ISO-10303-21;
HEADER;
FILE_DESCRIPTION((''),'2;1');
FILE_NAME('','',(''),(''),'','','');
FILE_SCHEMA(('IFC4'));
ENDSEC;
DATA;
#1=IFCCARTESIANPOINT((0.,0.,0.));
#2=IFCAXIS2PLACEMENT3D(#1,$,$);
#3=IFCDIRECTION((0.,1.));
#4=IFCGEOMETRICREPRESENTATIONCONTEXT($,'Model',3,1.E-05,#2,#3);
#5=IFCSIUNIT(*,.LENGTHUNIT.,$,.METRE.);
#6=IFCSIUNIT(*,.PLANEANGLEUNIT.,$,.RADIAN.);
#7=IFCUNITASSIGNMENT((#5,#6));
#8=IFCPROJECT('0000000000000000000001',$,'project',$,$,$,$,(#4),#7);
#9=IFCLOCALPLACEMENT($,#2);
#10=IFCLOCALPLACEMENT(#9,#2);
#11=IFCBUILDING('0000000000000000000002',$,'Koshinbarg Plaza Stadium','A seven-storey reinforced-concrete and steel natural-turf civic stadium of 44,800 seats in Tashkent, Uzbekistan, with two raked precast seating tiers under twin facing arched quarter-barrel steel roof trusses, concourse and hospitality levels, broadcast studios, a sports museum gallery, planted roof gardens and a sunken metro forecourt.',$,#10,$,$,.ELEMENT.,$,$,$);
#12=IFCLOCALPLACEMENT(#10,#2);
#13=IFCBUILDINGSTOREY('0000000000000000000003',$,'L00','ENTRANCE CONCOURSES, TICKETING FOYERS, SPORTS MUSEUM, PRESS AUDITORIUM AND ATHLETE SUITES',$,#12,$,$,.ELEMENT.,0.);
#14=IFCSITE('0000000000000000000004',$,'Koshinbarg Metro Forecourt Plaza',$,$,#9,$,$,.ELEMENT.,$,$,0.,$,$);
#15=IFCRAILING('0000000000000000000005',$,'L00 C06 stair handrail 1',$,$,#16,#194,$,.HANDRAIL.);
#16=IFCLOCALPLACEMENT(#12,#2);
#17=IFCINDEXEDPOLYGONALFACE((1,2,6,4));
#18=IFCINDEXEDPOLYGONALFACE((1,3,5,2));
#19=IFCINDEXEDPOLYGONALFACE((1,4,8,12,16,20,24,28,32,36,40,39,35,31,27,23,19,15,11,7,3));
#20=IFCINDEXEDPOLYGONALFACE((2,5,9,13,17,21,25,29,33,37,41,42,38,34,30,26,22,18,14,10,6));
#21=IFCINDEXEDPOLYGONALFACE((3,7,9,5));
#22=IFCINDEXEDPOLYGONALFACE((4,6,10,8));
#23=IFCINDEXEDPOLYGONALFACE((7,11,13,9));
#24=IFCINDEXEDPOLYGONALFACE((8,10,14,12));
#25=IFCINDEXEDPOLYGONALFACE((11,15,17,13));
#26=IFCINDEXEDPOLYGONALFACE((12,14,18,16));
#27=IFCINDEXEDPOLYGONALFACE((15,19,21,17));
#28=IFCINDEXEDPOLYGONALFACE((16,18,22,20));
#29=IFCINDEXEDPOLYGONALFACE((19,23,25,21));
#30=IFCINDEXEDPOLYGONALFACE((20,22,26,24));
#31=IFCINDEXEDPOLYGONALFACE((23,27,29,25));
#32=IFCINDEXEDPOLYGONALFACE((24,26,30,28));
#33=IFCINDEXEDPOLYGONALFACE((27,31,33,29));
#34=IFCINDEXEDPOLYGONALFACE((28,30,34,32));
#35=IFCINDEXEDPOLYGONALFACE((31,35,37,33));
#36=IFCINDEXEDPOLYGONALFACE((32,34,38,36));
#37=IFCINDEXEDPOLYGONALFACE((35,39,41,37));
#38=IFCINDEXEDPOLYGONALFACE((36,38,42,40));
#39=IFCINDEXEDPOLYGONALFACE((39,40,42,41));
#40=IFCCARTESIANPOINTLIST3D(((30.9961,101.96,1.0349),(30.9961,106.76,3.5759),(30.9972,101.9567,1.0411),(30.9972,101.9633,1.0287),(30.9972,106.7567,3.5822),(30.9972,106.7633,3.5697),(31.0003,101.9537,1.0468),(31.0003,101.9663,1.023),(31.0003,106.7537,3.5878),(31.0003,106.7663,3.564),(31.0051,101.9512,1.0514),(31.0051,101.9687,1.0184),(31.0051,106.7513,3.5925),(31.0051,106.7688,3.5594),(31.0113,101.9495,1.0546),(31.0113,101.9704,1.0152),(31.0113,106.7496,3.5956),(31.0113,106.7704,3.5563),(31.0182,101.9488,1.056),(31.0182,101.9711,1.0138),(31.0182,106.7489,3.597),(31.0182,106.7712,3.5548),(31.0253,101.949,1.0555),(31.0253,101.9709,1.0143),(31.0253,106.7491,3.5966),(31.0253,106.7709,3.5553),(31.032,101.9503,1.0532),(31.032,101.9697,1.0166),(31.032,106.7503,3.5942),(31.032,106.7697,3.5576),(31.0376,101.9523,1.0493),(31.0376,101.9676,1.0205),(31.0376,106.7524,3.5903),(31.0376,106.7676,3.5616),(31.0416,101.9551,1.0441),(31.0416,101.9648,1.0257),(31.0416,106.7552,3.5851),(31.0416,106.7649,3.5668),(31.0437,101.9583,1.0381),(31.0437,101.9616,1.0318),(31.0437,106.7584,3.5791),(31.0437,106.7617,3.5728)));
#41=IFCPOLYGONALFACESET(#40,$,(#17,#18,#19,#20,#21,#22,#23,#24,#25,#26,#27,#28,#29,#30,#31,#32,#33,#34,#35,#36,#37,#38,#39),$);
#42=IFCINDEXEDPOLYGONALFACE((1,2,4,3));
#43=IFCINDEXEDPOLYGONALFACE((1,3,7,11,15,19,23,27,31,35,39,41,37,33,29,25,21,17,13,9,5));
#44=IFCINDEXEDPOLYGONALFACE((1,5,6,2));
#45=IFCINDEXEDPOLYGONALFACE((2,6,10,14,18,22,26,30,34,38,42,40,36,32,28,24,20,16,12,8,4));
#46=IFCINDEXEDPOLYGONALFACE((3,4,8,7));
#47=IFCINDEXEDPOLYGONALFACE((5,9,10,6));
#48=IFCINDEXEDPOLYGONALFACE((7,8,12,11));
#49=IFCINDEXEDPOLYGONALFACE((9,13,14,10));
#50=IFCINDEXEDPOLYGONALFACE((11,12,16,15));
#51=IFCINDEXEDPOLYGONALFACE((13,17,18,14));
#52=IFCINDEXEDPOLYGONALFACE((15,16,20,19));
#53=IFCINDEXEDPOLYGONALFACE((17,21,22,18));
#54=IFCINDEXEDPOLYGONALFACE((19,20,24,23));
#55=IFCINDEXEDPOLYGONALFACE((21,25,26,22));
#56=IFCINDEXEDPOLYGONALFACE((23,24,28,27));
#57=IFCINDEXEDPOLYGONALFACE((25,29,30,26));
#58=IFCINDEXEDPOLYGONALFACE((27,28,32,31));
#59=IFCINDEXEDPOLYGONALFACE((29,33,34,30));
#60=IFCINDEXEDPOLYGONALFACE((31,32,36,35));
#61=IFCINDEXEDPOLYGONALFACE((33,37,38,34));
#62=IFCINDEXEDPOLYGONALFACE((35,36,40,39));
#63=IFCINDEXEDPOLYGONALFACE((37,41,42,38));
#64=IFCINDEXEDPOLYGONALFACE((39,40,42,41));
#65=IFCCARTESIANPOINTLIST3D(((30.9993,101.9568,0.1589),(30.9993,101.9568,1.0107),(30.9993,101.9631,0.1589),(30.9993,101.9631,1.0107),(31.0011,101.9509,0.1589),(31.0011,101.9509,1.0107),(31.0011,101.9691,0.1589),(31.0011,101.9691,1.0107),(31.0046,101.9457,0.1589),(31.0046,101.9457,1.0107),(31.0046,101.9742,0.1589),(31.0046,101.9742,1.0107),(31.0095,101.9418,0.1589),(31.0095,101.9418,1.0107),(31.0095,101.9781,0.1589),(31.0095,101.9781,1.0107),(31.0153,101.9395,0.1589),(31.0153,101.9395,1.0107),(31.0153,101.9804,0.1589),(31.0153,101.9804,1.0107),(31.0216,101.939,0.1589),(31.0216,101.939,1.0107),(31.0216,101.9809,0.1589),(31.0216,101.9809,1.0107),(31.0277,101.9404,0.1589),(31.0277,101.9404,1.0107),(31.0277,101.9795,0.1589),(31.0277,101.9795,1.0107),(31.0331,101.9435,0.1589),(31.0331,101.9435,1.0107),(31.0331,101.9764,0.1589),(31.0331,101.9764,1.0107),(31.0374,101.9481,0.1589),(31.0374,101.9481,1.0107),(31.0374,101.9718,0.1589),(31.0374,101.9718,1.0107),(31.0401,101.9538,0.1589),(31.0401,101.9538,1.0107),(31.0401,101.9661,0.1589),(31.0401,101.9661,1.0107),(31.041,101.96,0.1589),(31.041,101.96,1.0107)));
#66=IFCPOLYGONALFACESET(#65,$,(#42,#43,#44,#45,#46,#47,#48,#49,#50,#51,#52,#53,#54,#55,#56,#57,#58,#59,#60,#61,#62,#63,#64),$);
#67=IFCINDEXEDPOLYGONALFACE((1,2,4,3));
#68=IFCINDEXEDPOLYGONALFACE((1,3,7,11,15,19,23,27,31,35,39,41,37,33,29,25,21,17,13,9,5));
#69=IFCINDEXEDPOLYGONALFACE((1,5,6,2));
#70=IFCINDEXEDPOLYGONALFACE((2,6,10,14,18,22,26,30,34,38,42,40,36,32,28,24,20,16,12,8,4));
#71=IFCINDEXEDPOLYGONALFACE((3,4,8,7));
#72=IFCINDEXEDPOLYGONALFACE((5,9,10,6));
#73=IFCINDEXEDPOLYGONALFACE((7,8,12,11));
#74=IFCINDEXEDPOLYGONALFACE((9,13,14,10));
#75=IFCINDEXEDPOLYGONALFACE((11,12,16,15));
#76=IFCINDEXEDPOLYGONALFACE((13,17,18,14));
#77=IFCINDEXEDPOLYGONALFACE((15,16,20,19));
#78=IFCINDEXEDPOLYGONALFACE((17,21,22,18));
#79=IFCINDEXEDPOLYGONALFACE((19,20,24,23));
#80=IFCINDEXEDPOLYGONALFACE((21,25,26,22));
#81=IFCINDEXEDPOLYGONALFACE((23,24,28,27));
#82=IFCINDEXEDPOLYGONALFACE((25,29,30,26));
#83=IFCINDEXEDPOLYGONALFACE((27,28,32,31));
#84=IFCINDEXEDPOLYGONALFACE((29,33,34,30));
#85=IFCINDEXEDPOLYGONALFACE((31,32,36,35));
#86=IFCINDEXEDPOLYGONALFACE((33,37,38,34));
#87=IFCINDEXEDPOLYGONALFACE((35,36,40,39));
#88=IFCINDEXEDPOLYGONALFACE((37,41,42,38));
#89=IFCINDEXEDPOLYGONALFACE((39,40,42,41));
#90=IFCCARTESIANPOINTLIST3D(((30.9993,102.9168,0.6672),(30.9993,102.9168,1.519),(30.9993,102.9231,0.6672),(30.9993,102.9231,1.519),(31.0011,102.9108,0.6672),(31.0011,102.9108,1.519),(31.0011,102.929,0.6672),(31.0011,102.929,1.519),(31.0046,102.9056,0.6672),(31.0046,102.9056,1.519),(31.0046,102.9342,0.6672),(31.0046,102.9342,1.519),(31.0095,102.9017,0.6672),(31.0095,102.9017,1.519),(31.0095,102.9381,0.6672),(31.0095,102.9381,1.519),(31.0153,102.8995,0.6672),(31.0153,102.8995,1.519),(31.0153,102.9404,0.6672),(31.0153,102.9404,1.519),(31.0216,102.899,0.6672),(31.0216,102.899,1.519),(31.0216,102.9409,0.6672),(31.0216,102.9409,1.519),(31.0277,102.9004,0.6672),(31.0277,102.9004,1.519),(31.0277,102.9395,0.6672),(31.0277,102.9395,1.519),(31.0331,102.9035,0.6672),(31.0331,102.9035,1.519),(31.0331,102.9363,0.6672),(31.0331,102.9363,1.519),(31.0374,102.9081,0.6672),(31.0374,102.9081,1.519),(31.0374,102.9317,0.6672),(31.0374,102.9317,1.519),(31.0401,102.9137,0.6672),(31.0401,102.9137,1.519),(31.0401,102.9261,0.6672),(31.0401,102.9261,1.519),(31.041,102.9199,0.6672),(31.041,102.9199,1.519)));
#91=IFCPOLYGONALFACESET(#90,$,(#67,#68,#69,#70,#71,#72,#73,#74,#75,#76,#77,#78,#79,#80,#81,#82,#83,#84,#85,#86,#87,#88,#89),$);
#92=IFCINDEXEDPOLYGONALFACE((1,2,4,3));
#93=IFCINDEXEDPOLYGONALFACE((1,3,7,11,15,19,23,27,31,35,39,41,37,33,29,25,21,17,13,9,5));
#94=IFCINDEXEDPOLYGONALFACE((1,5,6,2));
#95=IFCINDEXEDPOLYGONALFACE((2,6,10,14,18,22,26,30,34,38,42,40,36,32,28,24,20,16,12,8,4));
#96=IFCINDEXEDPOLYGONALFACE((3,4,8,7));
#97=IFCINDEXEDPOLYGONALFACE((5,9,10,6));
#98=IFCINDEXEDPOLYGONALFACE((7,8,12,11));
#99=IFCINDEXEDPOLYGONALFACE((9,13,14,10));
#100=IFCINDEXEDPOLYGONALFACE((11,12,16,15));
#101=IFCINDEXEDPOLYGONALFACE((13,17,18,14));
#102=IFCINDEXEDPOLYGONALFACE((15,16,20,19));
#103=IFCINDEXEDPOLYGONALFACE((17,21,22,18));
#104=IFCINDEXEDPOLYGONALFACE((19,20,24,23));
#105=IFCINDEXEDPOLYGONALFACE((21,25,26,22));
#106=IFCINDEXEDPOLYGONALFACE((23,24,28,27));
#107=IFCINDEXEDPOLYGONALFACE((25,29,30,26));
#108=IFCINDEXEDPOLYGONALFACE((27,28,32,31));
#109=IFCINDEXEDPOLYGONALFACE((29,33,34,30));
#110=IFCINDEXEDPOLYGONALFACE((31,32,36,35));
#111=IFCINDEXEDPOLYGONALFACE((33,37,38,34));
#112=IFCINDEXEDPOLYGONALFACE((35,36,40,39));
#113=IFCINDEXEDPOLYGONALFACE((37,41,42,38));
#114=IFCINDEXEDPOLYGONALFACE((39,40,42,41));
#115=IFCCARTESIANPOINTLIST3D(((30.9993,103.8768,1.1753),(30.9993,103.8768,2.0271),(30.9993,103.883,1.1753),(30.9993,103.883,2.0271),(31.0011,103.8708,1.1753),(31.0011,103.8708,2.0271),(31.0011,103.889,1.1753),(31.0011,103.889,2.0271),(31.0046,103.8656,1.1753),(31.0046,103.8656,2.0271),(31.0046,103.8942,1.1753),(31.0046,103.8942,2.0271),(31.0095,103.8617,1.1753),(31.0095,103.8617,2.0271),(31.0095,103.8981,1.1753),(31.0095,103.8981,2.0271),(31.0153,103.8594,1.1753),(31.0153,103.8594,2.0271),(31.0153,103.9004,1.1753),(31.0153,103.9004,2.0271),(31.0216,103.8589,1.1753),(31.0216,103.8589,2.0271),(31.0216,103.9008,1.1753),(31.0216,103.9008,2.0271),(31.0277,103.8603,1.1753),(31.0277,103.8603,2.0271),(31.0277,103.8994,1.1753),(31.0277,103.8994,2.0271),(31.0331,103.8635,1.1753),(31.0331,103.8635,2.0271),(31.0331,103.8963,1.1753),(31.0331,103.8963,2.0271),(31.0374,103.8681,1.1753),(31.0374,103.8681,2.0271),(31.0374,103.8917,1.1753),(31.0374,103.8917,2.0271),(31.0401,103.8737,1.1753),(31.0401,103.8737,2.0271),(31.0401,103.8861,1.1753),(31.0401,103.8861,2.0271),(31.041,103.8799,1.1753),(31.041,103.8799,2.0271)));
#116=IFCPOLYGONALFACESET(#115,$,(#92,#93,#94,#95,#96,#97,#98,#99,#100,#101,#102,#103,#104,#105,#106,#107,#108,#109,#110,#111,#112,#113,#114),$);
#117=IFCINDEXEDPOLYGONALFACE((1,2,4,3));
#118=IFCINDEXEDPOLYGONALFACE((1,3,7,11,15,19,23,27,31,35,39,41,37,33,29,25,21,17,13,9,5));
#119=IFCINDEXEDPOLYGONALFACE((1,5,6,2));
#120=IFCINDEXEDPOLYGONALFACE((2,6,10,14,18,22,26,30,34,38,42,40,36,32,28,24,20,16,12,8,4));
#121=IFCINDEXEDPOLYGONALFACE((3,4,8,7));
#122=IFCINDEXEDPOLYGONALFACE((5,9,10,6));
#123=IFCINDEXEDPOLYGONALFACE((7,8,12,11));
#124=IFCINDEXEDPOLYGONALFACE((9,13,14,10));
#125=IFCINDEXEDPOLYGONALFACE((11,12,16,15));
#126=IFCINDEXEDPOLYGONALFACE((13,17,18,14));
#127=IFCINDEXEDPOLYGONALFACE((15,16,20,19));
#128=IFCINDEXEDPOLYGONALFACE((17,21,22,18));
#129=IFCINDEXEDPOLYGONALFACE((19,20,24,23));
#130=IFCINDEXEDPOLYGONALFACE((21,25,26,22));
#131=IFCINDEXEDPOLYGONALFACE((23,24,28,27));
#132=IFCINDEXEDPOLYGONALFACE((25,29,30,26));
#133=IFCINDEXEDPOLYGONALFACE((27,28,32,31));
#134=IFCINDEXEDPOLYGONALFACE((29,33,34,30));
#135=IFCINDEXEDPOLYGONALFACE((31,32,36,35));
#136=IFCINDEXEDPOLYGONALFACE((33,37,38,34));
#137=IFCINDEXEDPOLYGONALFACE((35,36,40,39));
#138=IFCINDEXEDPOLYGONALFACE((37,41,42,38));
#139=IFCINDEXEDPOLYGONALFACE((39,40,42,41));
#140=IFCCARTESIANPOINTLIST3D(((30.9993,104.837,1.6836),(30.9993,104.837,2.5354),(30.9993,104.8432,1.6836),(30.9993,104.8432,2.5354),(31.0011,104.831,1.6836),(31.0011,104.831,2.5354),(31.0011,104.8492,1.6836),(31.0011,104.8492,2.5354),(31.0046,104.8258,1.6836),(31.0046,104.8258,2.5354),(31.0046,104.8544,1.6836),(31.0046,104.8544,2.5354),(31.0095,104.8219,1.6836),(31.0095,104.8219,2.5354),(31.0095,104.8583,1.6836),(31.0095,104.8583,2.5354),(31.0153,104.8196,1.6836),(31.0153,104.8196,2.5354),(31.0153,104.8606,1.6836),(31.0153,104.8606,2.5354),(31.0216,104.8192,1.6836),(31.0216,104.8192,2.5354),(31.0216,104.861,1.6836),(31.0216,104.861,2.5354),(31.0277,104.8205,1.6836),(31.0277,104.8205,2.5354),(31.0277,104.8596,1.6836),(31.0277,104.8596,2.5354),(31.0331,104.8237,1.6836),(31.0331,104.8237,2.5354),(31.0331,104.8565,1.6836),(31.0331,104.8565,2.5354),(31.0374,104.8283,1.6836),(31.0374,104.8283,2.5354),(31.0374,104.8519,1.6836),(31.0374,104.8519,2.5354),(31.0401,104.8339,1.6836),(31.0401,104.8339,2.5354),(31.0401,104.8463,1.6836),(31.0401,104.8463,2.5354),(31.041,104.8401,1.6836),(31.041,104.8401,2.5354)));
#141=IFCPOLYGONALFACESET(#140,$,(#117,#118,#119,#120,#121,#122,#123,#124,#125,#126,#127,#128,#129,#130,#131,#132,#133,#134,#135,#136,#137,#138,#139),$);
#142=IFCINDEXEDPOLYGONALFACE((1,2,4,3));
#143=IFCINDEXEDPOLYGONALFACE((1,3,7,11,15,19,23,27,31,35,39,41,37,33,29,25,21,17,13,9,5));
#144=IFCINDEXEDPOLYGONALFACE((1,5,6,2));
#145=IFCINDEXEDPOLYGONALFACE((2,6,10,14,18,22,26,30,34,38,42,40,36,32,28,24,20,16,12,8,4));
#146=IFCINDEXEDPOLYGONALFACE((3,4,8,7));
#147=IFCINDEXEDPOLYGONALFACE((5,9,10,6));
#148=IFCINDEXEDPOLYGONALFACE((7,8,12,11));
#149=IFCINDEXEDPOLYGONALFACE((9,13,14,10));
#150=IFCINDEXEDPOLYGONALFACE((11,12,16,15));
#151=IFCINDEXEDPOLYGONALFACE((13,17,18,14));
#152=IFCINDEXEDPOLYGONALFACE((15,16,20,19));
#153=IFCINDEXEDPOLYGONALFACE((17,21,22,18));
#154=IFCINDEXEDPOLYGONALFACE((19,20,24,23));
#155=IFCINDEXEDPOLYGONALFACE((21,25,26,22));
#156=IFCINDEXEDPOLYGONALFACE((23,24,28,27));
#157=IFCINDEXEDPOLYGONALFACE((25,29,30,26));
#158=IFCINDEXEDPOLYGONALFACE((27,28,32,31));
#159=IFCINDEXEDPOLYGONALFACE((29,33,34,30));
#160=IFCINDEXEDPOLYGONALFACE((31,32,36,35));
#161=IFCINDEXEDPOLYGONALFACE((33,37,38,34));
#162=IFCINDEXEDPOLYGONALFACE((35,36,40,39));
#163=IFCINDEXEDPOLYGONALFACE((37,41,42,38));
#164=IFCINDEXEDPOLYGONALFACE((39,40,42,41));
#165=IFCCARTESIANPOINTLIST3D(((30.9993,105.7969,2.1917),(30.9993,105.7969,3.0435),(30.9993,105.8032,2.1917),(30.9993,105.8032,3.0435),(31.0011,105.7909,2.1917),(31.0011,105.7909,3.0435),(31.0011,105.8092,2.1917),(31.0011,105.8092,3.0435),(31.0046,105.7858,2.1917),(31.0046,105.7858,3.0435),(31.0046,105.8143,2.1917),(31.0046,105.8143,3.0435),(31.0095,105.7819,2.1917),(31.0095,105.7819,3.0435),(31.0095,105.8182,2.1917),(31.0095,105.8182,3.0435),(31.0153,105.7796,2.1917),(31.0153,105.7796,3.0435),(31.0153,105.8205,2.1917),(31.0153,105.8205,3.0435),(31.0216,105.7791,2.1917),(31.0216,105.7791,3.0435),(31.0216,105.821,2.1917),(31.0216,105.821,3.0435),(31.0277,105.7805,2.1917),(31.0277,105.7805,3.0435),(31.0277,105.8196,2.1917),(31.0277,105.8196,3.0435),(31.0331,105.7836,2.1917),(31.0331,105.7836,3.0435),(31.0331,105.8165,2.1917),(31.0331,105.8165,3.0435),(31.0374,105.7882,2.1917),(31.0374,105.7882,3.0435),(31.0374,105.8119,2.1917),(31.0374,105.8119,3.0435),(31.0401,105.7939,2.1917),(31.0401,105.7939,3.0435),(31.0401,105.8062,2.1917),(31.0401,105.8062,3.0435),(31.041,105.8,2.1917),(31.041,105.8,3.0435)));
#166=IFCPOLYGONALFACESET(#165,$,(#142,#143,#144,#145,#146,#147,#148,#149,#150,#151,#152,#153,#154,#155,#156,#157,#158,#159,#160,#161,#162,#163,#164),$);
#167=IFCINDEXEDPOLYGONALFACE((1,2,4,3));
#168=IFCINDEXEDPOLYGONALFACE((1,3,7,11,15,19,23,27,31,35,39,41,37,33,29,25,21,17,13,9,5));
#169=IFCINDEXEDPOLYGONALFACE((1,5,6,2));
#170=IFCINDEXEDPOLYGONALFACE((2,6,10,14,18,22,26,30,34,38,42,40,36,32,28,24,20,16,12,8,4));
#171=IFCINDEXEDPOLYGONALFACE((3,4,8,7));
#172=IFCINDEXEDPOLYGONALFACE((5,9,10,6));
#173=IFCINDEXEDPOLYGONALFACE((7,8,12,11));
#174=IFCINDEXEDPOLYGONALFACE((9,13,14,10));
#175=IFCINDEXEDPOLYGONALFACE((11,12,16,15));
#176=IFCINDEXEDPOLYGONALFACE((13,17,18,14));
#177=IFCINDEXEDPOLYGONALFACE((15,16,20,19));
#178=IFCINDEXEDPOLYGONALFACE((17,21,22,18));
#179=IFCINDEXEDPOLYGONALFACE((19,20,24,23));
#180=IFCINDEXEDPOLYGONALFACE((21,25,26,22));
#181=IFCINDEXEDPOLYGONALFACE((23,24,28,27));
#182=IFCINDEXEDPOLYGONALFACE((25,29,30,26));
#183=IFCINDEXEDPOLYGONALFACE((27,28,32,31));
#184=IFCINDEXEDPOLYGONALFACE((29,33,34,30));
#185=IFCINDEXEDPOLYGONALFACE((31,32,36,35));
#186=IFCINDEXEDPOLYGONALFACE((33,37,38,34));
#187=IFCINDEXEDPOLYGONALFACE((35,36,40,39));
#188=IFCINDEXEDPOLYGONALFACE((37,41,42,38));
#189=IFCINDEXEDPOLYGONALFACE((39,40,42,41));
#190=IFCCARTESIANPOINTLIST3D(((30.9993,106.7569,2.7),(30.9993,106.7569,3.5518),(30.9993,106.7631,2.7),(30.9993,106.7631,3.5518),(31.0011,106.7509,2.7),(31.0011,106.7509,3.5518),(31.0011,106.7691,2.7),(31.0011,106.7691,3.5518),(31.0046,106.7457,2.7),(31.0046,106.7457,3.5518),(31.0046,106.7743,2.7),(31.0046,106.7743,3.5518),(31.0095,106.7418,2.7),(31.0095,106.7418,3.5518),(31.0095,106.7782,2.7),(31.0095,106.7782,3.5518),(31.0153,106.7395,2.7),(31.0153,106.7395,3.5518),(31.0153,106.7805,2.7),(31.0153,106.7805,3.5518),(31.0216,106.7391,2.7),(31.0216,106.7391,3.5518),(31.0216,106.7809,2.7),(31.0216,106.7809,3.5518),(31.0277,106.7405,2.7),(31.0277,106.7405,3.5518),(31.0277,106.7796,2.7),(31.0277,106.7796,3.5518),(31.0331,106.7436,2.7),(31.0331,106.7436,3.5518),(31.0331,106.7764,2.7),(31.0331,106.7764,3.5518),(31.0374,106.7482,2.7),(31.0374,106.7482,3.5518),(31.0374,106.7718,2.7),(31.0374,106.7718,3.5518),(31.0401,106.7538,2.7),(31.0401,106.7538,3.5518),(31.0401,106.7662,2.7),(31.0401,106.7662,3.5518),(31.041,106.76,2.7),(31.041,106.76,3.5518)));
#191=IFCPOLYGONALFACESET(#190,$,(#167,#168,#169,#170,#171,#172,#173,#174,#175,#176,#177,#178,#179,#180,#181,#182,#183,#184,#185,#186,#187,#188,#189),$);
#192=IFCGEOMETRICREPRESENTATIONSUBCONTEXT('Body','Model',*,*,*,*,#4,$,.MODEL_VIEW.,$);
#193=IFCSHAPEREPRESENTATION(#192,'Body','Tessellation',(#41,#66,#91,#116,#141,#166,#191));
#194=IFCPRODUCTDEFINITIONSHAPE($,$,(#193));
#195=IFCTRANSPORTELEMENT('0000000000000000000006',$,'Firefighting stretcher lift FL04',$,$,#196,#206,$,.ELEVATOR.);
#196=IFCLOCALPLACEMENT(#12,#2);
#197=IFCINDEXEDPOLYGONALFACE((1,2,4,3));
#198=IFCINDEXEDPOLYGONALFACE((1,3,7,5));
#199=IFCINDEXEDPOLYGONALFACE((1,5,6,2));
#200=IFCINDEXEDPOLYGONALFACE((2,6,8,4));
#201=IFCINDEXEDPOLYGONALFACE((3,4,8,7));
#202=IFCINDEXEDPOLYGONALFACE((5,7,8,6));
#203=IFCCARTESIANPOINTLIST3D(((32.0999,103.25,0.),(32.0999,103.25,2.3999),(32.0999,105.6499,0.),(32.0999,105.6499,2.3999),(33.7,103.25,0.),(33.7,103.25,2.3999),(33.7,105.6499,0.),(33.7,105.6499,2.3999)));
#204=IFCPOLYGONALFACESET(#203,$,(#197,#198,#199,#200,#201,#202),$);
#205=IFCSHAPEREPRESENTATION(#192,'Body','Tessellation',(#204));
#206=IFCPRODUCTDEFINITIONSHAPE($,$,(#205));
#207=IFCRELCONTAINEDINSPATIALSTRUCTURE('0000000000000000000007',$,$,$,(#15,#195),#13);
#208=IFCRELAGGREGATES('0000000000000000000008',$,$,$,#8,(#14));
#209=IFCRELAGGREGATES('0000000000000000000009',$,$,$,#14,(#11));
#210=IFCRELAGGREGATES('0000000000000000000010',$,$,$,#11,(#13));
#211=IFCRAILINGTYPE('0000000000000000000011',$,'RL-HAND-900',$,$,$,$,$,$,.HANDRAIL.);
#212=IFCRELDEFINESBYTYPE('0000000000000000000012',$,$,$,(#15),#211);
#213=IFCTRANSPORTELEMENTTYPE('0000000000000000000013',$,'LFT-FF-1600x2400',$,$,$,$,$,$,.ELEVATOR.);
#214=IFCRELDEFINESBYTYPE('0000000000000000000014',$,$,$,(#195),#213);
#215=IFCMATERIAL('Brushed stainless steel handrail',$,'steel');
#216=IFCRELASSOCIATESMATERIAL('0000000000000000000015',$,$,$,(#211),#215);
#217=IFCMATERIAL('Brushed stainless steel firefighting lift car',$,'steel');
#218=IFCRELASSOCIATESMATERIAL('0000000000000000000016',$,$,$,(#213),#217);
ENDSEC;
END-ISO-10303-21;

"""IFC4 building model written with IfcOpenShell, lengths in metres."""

from ifc_helpers import new_model, si_unit, direction, frame, origin, origin_2d, place, context, subcontext, project, spatial, rectangle, circle, extrude, material, type_object, element, save


model = new_model("IFC4")

# Units and contexts
model_context = context("Model", 3, precision=1e-05, world=origin(), true_north=direction((0.0, 1.0)))
body_context = subcontext(model_context, "Body", "Model", "MODEL_VIEW")
ifc_project = project(units=[si_unit("LENGTHUNIT", "METRE"), si_unit("PLANEANGLEUNIT", "RADIAN")], contexts=[model_context])

# Site, building, storey
site_placement = place(None, origin())
site = spatial("IfcSite", under=ifc_project, at=site_placement, Name="Koshinbarg Metro Forecourt Plaza", CompositionType="ELEMENT", RefElevation=0.0)
building_placement = place(site_placement, origin())
building = spatial("IfcBuilding", under=site, at=building_placement, Name="Koshinbarg Plaza Stadium", Description="A seven-storey reinforced-concrete and steel natural-turf civic stadium of 44,800 seats in Tashkent, Uzbekistan, with two raked precast seating tiers under twin facing arched quarter-barrel steel roof trusses, concourse and hospitality levels, broadcast studios, a sports museum gallery, planted roof gardens and a sunken metro forecourt.", CompositionType="ELEMENT")
storey_placement = place(building_placement, origin())
storey = spatial("IfcBuildingStorey", under=building, at=storey_placement, Name="L00", Description="ENTRANCE CONCOURSES, TICKETING FOYERS, SPORTS MUSEUM, PRESS AUDITORIUM AND ATHLETE SUITES", CompositionType="ELEMENT", Elevation=0.0)

# Railing
ifc_material_1 = material(Name="Brushed stainless steel handrail", Category="steel")
railing_type_1 = type_object("IfcRailingType", Name="RL-HAND-900", PredefinedType="HANDRAIL", material=ifc_material_1)
railing_1_placement = place(storey_placement, frame((31.02, 101.96, 0.1589)))
element("IfcRailing", 1, at=railing_1_placement, inside=storey, type_object=railing_type_1, Name="L00 C06 stair handrail 1", PredefinedType="HANDRAIL", context=body_context, shape_type="SweptSolid", body=[
    extrude(circle(Radius=0.0239, at=origin_2d()), frame((0.0, 0.0, 0.876), z_axis=(0.0, 0.883802, 0.467861), x_axis=(-1.0, 0.0, 0.0)), (0.0, 0.0, 1.0), 5.4312),
    extrude(circle(Radius=0.021, at=origin_2d()), origin(), (0.0, 0.0, 1.0), 0.8518),
    extrude(circle(Radius=0.021, at=origin_2d()), frame((0.0, 0.96, 0.5083)), (0.0, 0.0, 1.0), 0.8518),
    extrude(circle(Radius=0.021, at=origin_2d()), frame((0.0, 1.9199, 1.0164)), (0.0, 0.0, 1.0), 0.8518),
    extrude(circle(Radius=0.021, at=origin_2d()), frame((0.0, 2.8801, 1.5247)), (0.0, 0.0, 1.0), 0.8518),
    extrude(circle(Radius=0.021, at=origin_2d()), frame((0.0, 3.8401, 2.0327)), (0.0, 0.0, 1.0), 0.8518),
    extrude(circle(Radius=0.021, at=origin_2d()), frame((0.0, 4.8, 2.541)), (0.0, 0.0, 1.0), 0.8518),
])

# Transport element
ifc_material_2 = material(Name="Brushed stainless steel firefighting lift car", Category="steel")
transport_element_type = type_object("IfcTransportElementType", Name="LFT-FF-1600x2400", PredefinedType="ELEVATOR", material=ifc_material_2)
transport_element_placement = place(storey_placement, frame((32.8999, 104.45, 0.0), z_axis=(0.0, 0.0, 1.0), x_axis=(1.0, 0.0, 0.0)))
element("IfcTransportElement", 2, at=transport_element_placement, inside=storey, type_object=transport_element_type, Name="Firefighting stretcher lift FL04", PredefinedType="ELEVATOR", context=body_context, shape_type="SweptSolid", body=[
    extrude(rectangle(XDim=1.6001, YDim=2.3999, at=origin_2d()), origin(), (0.0, 0.0, 1.0), 2.3999),
])

save(model, "model.ifc")
